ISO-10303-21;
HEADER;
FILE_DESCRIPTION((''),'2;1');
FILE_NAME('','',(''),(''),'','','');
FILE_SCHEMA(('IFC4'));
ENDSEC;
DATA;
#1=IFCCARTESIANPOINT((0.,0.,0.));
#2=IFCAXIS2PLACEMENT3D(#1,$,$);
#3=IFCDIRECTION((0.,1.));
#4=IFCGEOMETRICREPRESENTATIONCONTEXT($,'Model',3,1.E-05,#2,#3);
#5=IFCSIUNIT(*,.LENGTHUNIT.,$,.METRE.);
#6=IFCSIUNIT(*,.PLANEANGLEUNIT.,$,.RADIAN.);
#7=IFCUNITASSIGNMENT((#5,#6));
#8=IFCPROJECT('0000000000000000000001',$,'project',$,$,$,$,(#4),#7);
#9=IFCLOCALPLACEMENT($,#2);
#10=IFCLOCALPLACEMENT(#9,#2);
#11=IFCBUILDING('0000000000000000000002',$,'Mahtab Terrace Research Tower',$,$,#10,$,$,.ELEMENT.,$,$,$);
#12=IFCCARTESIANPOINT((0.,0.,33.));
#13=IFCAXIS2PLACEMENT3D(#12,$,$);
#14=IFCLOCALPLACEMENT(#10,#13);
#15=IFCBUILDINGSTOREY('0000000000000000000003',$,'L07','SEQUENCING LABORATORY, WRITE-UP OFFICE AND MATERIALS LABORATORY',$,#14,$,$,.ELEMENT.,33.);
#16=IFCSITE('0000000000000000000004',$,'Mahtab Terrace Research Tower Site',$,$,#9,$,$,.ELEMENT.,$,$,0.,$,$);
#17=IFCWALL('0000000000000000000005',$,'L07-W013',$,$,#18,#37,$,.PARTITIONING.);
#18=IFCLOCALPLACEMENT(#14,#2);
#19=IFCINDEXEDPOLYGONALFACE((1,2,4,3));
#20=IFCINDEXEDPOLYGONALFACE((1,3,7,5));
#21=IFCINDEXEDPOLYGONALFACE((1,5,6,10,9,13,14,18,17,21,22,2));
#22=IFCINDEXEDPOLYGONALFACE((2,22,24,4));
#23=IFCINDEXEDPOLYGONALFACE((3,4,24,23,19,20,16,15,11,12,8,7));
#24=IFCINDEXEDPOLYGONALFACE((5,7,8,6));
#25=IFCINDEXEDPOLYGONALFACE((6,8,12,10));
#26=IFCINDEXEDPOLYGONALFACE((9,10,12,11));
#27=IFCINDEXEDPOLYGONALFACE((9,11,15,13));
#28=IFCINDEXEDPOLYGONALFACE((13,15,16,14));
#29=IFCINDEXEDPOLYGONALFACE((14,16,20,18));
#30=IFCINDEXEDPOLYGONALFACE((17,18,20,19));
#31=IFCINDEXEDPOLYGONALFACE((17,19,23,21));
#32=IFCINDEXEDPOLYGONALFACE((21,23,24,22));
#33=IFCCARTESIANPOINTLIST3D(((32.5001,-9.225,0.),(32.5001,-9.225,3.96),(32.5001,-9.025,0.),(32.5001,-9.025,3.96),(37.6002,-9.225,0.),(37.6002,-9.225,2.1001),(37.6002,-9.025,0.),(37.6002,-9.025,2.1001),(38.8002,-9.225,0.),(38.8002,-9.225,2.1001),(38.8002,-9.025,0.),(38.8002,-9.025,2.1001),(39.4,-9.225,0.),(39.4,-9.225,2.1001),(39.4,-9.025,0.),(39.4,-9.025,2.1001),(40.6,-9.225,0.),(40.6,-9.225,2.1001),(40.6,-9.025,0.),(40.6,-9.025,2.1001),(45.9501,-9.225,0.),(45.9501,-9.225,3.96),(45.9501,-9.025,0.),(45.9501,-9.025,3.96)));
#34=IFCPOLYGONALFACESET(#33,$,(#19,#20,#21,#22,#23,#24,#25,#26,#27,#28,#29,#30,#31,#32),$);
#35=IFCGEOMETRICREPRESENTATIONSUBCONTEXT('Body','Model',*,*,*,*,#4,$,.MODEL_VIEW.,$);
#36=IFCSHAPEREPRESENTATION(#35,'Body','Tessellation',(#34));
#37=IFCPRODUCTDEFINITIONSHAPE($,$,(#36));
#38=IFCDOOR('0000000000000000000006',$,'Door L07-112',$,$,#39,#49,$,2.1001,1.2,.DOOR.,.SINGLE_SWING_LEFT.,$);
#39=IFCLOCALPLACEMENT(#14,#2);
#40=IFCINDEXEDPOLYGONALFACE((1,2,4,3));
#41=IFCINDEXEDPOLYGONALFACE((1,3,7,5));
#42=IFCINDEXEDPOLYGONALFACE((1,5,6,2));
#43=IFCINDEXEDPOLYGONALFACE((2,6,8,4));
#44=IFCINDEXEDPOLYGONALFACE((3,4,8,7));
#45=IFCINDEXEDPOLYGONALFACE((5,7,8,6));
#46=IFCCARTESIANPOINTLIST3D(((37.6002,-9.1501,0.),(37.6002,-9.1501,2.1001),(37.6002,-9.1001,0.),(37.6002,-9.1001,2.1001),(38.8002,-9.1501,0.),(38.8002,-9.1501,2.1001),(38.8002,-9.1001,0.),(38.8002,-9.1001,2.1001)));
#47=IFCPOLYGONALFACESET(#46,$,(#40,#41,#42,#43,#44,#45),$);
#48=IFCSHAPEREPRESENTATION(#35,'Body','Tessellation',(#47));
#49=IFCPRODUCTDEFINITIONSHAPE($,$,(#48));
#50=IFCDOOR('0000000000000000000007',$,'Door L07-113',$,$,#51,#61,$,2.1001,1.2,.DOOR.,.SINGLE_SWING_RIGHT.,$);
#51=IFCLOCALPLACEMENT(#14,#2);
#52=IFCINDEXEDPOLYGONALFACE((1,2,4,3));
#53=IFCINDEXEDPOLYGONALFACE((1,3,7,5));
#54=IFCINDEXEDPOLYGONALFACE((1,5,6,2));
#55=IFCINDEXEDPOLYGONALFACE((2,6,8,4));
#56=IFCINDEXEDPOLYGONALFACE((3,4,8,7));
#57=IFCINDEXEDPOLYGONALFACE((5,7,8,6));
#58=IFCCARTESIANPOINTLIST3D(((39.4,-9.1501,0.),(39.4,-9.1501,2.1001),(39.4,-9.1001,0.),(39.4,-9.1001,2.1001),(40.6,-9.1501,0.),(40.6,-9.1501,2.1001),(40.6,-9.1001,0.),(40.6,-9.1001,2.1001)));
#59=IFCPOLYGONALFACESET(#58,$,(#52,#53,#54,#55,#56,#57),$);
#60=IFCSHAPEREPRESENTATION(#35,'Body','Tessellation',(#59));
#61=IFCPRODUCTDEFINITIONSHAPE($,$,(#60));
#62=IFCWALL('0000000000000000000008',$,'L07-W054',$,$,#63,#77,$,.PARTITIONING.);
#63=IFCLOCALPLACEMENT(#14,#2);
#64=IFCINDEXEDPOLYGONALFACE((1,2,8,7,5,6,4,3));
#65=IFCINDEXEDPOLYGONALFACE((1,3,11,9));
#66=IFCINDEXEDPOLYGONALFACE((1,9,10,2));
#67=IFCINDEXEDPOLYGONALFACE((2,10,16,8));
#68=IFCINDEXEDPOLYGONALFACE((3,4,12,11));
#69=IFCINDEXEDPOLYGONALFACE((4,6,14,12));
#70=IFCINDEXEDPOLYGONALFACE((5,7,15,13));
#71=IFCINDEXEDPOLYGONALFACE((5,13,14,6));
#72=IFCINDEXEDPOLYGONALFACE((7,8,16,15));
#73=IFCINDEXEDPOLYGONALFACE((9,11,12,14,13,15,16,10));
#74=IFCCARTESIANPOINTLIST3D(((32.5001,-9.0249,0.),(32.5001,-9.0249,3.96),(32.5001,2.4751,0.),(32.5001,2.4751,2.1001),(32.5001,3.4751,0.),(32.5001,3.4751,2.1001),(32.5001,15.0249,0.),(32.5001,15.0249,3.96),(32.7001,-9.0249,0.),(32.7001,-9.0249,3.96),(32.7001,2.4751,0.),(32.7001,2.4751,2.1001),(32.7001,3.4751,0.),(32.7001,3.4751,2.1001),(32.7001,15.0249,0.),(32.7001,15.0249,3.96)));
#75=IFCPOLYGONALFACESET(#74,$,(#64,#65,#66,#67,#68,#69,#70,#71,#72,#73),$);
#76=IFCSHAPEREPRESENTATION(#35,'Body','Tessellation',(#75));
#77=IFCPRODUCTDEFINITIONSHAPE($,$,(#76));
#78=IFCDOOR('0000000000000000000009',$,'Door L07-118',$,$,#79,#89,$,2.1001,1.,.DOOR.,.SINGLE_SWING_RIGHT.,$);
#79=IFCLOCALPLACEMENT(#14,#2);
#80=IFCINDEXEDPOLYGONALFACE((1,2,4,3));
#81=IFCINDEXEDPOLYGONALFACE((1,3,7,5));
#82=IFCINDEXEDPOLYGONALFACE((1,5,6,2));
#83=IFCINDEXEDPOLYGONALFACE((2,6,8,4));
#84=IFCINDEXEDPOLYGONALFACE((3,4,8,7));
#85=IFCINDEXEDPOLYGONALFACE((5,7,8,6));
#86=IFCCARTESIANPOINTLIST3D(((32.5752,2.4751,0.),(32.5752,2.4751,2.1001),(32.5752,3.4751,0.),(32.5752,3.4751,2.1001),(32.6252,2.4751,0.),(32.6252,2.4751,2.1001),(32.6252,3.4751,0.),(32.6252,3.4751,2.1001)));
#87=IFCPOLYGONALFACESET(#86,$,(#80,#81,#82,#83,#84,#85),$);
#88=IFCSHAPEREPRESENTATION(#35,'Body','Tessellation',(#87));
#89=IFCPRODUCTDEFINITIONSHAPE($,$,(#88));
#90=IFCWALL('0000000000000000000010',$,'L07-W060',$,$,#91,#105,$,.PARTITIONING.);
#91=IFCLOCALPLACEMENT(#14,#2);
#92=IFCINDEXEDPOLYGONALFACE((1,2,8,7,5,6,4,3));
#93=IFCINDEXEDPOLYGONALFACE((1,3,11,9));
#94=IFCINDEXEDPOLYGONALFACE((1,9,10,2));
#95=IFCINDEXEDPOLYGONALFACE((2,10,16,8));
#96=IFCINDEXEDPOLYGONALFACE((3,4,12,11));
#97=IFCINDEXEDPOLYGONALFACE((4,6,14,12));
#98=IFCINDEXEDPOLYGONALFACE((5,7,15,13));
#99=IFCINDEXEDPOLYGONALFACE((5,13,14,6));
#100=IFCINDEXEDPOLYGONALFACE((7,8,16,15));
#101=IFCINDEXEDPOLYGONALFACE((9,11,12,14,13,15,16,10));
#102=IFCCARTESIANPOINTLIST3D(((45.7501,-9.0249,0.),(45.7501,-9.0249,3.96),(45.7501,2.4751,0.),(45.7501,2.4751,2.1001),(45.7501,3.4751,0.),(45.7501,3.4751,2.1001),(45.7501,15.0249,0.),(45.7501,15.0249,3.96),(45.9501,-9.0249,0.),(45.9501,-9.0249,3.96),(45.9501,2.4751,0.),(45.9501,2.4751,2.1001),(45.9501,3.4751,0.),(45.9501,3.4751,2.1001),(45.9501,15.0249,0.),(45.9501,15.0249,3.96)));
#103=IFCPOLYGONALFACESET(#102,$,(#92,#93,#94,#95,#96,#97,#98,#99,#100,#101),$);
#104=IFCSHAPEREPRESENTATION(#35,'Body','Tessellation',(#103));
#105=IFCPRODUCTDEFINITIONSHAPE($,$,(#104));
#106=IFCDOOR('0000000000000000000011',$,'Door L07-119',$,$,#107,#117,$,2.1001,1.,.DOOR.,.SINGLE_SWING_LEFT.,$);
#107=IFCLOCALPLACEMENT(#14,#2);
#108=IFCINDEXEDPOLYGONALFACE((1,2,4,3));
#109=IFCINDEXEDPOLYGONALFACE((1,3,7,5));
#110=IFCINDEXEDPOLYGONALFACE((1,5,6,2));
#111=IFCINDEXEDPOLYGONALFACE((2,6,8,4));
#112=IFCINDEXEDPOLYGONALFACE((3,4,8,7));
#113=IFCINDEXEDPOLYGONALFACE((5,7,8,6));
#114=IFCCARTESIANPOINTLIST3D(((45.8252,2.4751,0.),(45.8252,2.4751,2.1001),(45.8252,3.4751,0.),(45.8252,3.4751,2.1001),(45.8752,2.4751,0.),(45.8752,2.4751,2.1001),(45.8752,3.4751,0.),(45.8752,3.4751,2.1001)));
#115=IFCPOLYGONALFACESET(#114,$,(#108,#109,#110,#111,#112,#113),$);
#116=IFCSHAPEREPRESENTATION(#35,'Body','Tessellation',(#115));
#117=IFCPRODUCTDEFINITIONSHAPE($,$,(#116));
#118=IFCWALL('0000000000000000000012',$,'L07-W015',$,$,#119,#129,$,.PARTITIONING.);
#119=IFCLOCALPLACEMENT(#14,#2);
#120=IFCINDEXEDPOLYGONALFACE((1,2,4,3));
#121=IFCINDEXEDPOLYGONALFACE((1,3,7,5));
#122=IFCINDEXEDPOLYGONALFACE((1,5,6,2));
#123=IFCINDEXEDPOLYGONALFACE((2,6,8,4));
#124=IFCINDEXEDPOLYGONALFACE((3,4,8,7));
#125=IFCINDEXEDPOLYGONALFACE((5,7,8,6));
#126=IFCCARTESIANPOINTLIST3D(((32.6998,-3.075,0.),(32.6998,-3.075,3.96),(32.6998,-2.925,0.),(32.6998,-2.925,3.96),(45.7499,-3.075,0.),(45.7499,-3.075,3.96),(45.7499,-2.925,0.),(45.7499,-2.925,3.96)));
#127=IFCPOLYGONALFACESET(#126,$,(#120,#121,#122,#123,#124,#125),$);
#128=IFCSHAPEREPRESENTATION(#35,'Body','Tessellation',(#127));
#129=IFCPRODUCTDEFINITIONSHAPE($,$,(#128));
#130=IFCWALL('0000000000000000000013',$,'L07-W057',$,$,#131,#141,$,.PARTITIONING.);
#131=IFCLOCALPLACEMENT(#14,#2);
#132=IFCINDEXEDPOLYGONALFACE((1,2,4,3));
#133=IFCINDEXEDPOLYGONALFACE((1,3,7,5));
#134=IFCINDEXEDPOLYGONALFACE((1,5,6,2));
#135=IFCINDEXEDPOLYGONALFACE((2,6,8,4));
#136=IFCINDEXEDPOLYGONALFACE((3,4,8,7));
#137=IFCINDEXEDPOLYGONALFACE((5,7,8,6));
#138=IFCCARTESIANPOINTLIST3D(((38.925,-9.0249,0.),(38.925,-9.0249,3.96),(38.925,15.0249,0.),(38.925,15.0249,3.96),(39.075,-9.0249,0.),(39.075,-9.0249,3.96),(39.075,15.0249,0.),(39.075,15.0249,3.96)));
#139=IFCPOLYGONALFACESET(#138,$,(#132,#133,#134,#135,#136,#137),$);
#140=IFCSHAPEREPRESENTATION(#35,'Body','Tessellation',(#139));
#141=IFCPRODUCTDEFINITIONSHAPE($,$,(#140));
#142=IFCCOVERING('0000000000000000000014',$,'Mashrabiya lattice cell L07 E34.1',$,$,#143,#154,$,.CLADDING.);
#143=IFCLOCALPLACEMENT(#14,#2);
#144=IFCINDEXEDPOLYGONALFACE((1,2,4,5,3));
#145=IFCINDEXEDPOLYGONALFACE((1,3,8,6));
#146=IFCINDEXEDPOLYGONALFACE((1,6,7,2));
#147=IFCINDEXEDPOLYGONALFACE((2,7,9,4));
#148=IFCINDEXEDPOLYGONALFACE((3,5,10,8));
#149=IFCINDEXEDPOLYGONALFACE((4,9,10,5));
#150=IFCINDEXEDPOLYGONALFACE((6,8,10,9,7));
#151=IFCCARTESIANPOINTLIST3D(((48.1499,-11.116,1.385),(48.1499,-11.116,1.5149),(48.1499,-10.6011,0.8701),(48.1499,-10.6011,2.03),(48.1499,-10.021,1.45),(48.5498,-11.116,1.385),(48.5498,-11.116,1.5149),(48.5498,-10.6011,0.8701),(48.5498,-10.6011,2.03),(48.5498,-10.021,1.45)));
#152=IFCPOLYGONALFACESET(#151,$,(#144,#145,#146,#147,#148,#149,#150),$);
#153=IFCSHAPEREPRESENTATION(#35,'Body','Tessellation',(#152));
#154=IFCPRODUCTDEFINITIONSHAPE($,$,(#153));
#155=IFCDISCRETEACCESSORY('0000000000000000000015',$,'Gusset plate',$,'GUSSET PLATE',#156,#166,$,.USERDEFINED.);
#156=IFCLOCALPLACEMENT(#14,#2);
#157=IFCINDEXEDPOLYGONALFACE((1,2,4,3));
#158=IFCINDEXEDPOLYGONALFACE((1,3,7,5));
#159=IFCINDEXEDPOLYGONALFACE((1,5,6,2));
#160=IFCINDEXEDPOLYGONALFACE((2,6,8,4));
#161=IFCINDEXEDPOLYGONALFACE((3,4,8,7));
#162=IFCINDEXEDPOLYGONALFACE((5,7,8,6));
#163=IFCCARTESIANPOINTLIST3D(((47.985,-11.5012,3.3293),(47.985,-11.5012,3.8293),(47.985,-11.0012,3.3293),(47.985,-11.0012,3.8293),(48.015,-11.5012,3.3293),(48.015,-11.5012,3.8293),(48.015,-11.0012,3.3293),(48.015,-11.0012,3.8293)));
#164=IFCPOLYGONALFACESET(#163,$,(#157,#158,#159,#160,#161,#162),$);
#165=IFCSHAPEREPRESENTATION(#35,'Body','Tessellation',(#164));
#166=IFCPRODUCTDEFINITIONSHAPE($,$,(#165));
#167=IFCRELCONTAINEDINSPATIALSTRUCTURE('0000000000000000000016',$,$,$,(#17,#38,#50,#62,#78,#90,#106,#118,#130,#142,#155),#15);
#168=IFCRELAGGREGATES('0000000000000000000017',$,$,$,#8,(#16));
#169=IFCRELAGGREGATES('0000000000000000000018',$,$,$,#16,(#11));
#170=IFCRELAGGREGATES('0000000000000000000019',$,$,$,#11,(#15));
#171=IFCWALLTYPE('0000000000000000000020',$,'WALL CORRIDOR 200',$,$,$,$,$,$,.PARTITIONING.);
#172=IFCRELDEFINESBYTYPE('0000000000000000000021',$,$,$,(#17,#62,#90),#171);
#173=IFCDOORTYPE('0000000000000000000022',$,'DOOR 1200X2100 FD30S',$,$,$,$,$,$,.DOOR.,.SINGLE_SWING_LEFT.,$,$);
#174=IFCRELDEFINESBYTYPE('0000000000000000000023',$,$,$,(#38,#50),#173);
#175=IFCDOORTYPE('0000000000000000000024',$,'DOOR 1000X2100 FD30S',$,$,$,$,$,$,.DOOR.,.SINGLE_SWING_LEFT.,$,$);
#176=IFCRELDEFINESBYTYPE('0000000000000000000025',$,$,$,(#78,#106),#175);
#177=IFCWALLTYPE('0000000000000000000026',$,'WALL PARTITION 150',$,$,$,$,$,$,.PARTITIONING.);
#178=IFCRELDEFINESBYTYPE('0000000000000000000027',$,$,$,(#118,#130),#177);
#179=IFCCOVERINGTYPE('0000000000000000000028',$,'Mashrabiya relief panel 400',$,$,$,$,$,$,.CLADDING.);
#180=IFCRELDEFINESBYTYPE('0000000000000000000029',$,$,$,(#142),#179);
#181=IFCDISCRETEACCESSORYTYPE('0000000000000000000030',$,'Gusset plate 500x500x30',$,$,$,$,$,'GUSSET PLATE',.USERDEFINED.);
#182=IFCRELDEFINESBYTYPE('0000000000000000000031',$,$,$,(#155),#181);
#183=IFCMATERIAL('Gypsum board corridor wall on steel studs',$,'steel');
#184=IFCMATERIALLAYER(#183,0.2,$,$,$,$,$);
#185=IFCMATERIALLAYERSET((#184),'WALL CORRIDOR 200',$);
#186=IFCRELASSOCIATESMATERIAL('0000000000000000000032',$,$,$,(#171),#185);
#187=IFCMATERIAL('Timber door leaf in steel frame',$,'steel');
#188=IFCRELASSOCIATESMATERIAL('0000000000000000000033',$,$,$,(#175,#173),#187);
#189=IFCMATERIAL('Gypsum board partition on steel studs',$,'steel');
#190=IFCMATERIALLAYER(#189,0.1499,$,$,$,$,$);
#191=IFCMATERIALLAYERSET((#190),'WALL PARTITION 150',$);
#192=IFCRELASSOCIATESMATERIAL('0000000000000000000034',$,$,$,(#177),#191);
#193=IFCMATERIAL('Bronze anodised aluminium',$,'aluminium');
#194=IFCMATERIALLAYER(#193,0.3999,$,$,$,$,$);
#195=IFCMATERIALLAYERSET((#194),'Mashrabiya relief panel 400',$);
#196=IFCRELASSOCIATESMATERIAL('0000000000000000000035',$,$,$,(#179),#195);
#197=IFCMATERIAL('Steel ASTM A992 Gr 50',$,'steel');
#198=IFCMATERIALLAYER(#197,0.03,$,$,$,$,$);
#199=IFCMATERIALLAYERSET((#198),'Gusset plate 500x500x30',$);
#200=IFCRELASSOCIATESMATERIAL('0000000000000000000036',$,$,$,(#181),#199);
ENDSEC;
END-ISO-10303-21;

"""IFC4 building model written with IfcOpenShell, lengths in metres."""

from ifc_helpers import new_model, si_unit, direction, frame, frame_2d, origin, origin_2d, place, context, subcontext, project, spatial, polyline, rectangle, outline, extrude, material, layer, layer_set, type_object, element, fill, save


model = new_model("IFC4")

# Units and contexts
model_context = context("Model", 3, precision=1e-05, world=origin(), true_north=direction((0.0, 1.0)))
body_context = subcontext(model_context, "Body", "Model", "MODEL_VIEW")
ifc_project = project(units=[si_unit("LENGTHUNIT", "METRE"), si_unit("PLANEANGLEUNIT", "RADIAN")], contexts=[model_context])

# Site, building, storey
site_placement = place(None, origin())
site = spatial("IfcSite", under=ifc_project, at=site_placement, Name="Mahtab Terrace Research Tower Site", CompositionType="ELEMENT", RefElevation=0.0)
building_placement = place(site_placement, origin())
building = spatial("IfcBuilding", under=site, at=building_placement, Name="Mahtab Terrace Research Tower", CompositionType="ELEMENT")
storey_placement = place(building_placement, frame((0.0, 0.0, 33.0)))
storey = spatial("IfcBuildingStorey", under=building, at=storey_placement, Name="L07", Description="SEQUENCING LABORATORY, WRITE-UP OFFICE AND MATERIALS LABORATORY", CompositionType="ELEMENT", Elevation=33.0)

# Shared definitions
ifc_material_1 = material(Name="Steel ASTM A992 Gr 50", Category="steel")

# Shared definitions
ifc_material_2 = material(Name="Gypsum board corridor wall on steel studs", Category="steel")
ifc_layer_1 = layer(ifc_material_2, 0.2)
ifc_layer_set_1 = layer_set([ifc_layer_1], Name="WALL CORRIDOR 200")
wall_type_1 = type_object("IfcWallType", Name="WALL CORRIDOR 200", PredefinedType="PARTITIONING", material=ifc_layer_set_1)
ifc_material_3 = material(Name="Timber door leaf in steel frame", Category="steel")
door_type_1 = type_object("IfcDoorType", Name="DOOR 1000X2100 FD30S", OperationType="SINGLE_SWING_LEFT", PredefinedType="DOOR", material=ifc_material_3)
door_type_2 = type_object("IfcDoorType", Name="DOOR 1200X2100 FD30S", OperationType="SINGLE_SWING_LEFT", PredefinedType="DOOR", material=ifc_material_3)

# Wall, openings, doors
wall_1_placement = place(storey_placement, frame((32.5, -9.125, 0.0), z_axis=(0.0, 0.0, 1.0), x_axis=(1.0, 0.0, 0.0)))
wall_1 = element("IfcWall", 1, at=wall_1_placement, inside=storey, type_object=wall_type_1, Name="L07-W013", PredefinedType="PARTITIONING", context=body_context, shape_type="SweptSolid", body=[
    extrude(rectangle(XDim=13.45, YDim=0.2, at=frame_2d((6.7251, 0.0))), origin(), (0.0, 0.0, 1.0), 3.96),
])
opening_1_placement = place(wall_1_placement, frame((5.1001, 0.0, 0.0)))
opening_1 = element("IfcOpeningElement", 2, at=opening_1_placement, cuts=wall_1, PredefinedType="OPENING", context=body_context, shape_type="SweptSolid", body=[
    extrude(rectangle(XDim=1.2, YDim=2.1001, at=frame_2d((0.6001, 1.05))), frame((0.0, 0.1099, 0.0), z_axis=(0.0, -1.0, 0.0), x_axis=(1.0, 0.0, 0.0)), (0.0, 0.0, 1.0), 0.22),
])
opening_2_placement = place(wall_1_placement, frame((6.8999, 0.0, 0.0)))
opening_2 = element("IfcOpeningElement", 3, at=opening_2_placement, cuts=wall_1, PredefinedType="OPENING", context=body_context, shape_type="SweptSolid", body=[
    extrude(rectangle(XDim=1.2, YDim=2.1001, at=frame_2d((0.6001, 1.05))), frame((0.0, 0.1099, 0.0), z_axis=(0.0, -1.0, 0.0), x_axis=(1.0, 0.0, 0.0)), (0.0, 0.0, 1.0), 0.22),
])
door_1_placement = place(opening_1_placement, origin())
door_1 = element("IfcDoor", 4, at=door_1_placement, inside=storey, type_object=door_type_2, Name="Door L07-112", OperationType="SINGLE_SWING_LEFT", OverallHeight=2.1001, OverallWidth=1.2, PredefinedType="DOOR", context=body_context, shape_type="SweptSolid", body=[
    extrude(rectangle(XDim=1.2, YDim=2.1001, at=frame_2d((0.6001, 1.05))), frame((0.0, 0.0249, 0.0), z_axis=(0.0, -1.0, 0.0), x_axis=(1.0, 0.0, 0.0)), (0.0, 0.0, 1.0), 0.05),
])
fill(opening_1, door_1)
door_2_placement = place(opening_2_placement, origin())
door_2 = element("IfcDoor", 5, at=door_2_placement, inside=storey, type_object=door_type_2, Name="Door L07-113", OperationType="SINGLE_SWING_RIGHT", OverallHeight=2.1001, OverallWidth=1.2, PredefinedType="DOOR", context=body_context, shape_type="SweptSolid", body=[
    extrude(rectangle(XDim=1.2, YDim=2.1001, at=frame_2d((0.6001, 1.05))), frame((0.0, 0.0249, 0.0), z_axis=(0.0, -1.0, 0.0), x_axis=(1.0, 0.0, 0.0)), (0.0, 0.0, 1.0), 0.05),
])
fill(opening_2, door_2)

# Walls, openings, doors
wall_2_placement = place(storey_placement, frame((32.6001, -9.0249, 0.0), z_axis=(0.0, 0.0, 1.0), x_axis=(0.0, 1.0, 0.0)))
wall_2 = element("IfcWall", 6, at=wall_2_placement, inside=storey, type_object=wall_type_1, Name="L07-W054", PredefinedType="PARTITIONING", context=body_context, shape_type="SweptSolid", body=[
    extrude(rectangle(XDim=24.0498, YDim=0.2, at=frame_2d((12.0249, 0.0))), origin(), (0.0, 0.0, 1.0), 3.96),
])
opening_3_placement = place(wall_2_placement, frame((11.5, 0.0, 0.0)))
opening_3 = element("IfcOpeningElement", 7, at=opening_3_placement, cuts=wall_2, PredefinedType="OPENING", context=body_context, shape_type="SweptSolid", body=[
    extrude(rectangle(XDim=1.0, YDim=2.1001, at=frame_2d((0.5, 1.05))), frame((0.0, 0.1099, 0.0), z_axis=(0.0, -1.0, 0.0), x_axis=(1.0, 0.0, 0.0)), (0.0, 0.0, 1.0), 0.22),
])
door_3_placement = place(opening_3_placement, origin())
door_3 = element("IfcDoor", 8, at=door_3_placement, inside=storey, type_object=door_type_1, Name="Door L07-118", OperationType="SINGLE_SWING_RIGHT", OverallHeight=2.1001, OverallWidth=1.0, PredefinedType="DOOR", context=body_context, shape_type="SweptSolid", body=[
    extrude(rectangle(XDim=1.0, YDim=2.1001, at=frame_2d((0.5, 1.05))), frame((0.0, 0.0249, 0.0), z_axis=(0.0, -1.0, 0.0), x_axis=(1.0, 0.0, 0.0)), (0.0, 0.0, 1.0), 0.05),
])
fill(opening_3, door_3)
wall_3_placement = place(storey_placement, frame((45.8501, -9.0249, 0.0), z_axis=(0.0, 0.0, 1.0), x_axis=(0.0, 1.0, 0.0)))
wall_3 = element("IfcWall", 9, at=wall_3_placement, inside=storey, type_object=wall_type_1, Name="L07-W060", PredefinedType="PARTITIONING", context=body_context, shape_type="SweptSolid", body=[
    extrude(rectangle(XDim=24.0498, YDim=0.2, at=frame_2d((12.0249, 0.0))), origin(), (0.0, 0.0, 1.0), 3.96),
])
opening_4_placement = place(wall_3_placement, frame((11.5, 0.0, 0.0)))
opening_4 = element("IfcOpeningElement", 10, at=opening_4_placement, cuts=wall_3, PredefinedType="OPENING", context=body_context, shape_type="SweptSolid", body=[
    extrude(rectangle(XDim=1.0, YDim=2.1001, at=frame_2d((0.5, 1.05))), frame((0.0, 0.1099, 0.0), z_axis=(0.0, -1.0, 0.0), x_axis=(1.0, 0.0, 0.0)), (0.0, 0.0, 1.0), 0.22),
])
door_4_placement = place(opening_4_placement, origin())
door_4 = element("IfcDoor", 11, at=door_4_placement, inside=storey, type_object=door_type_1, Name="Door L07-119", OperationType="SINGLE_SWING_LEFT", OverallHeight=2.1001, OverallWidth=1.0, PredefinedType="DOOR", context=body_context, shape_type="SweptSolid", body=[
    extrude(rectangle(XDim=1.0, YDim=2.1001, at=frame_2d((0.5, 1.05))), frame((0.0, 0.0249, 0.0), z_axis=(0.0, -1.0, 0.0), x_axis=(1.0, 0.0, 0.0)), (0.0, 0.0, 1.0), 0.05),
])
fill(opening_4, door_4)

# Walls
ifc_material_4 = material(Name="Gypsum board partition on steel studs", Category="steel")
ifc_layer_2 = layer(ifc_material_4, 0.1499)
ifc_layer_set_2 = layer_set([ifc_layer_2], Name="WALL PARTITION 150")
wall_type_2 = type_object("IfcWallType", Name="WALL PARTITION 150", PredefinedType="PARTITIONING", material=ifc_layer_set_2)
wall_4_placement = place(storey_placement, frame((32.7, -3.0, 0.0), z_axis=(0.0, 0.0, 1.0), x_axis=(1.0, 0.0, 0.0)))
element("IfcWall", 12, at=wall_4_placement, inside=storey, type_object=wall_type_2, Name="L07-W015", PredefinedType="PARTITIONING", context=body_context, shape_type="SweptSolid", body=[
    extrude(rectangle(XDim=13.05, YDim=0.1499, at=frame_2d((6.5249, 0.0))), origin(), (0.0, 0.0, 1.0), 3.96),
])
wall_5_placement = place(storey_placement, frame((39.0, -9.0249, 0.0), z_axis=(0.0, 0.0, 1.0), x_axis=(0.0, 1.0, 0.0)))
element("IfcWall", 13, at=wall_5_placement, inside=storey, type_object=wall_type_2, Name="L07-W057", PredefinedType="PARTITIONING", context=body_context, shape_type="SweptSolid", body=[
    extrude(rectangle(XDim=24.0498, YDim=0.1499, at=frame_2d((12.0249, 0.0))), origin(), (0.0, 0.0, 1.0), 3.96),
])

# Covering
ifc_material_5 = material(Name="Bronze anodised aluminium", Category="aluminium")
ifc_layer_3 = layer(ifc_material_5, 0.3999)
ifc_layer_set_3 = layer_set([ifc_layer_3], Name="Mashrabiya relief panel 400")
covering_type = type_object("IfcCoveringType", Name="Mashrabiya relief panel 400", PredefinedType="CLADDING", material=ifc_layer_set_3)
covering_placement = place(storey_placement, frame((48.1499, -10.6011, 2.03), z_axis=(-1.0, 0.0, 0.0), x_axis=(0.0, 0.707107, -0.707107)))
element("IfcCovering", 14, at=covering_placement, inside=storey, type_object=covering_type, Name="Mashrabiya lattice cell L07 E34.1", PredefinedType="CLADDING", context=body_context, shape_type="SweptSolid", body=[
    extrude(outline(polyline([(0.0, 0.0), (0.8204, 0.0), (0.8202, 0.8202), (0.092, 0.8202), (0.0002, 0.7283), (0.0, 0.0)])), origin(), (0.0, 0.0, -1.0), 0.3999),
])

# Discrete accessory
ifc_layer_4 = layer(ifc_material_1, 0.03)
ifc_layer_set_4 = layer_set([ifc_layer_4], Name="Gusset plate 500x500x30")
discrete_accessory_type = type_object("IfcDiscreteAccessoryType", Name="Gusset plate 500x500x30", ElementType="GUSSET PLATE", PredefinedType="USERDEFINED", material=ifc_layer_set_4)
for number, where, z_axis, x_axis, name in (
    (15, (48.0, -11.2512, 3.3293), (0.0, 0.0, 1.0), (0.0, 1.0, 0.0), "Gusset plate"),
):
    element("IfcDiscreteAccessory", number, at=place(storey_placement, frame(where, z_axis=z_axis, x_axis=x_axis)), inside=storey, type_object=discrete_accessory_type, Name=name, ObjectType="GUSSET PLATE", PredefinedType="USERDEFINED", context=body_context, shape_type="SweptSolid", body=[
        extrude(rectangle(XDim=0.5, YDim=0.03, at=origin_2d()), origin(), (0.0, 0.0, 1.0), 0.5),
    ])

save(model, "model.ifc")
